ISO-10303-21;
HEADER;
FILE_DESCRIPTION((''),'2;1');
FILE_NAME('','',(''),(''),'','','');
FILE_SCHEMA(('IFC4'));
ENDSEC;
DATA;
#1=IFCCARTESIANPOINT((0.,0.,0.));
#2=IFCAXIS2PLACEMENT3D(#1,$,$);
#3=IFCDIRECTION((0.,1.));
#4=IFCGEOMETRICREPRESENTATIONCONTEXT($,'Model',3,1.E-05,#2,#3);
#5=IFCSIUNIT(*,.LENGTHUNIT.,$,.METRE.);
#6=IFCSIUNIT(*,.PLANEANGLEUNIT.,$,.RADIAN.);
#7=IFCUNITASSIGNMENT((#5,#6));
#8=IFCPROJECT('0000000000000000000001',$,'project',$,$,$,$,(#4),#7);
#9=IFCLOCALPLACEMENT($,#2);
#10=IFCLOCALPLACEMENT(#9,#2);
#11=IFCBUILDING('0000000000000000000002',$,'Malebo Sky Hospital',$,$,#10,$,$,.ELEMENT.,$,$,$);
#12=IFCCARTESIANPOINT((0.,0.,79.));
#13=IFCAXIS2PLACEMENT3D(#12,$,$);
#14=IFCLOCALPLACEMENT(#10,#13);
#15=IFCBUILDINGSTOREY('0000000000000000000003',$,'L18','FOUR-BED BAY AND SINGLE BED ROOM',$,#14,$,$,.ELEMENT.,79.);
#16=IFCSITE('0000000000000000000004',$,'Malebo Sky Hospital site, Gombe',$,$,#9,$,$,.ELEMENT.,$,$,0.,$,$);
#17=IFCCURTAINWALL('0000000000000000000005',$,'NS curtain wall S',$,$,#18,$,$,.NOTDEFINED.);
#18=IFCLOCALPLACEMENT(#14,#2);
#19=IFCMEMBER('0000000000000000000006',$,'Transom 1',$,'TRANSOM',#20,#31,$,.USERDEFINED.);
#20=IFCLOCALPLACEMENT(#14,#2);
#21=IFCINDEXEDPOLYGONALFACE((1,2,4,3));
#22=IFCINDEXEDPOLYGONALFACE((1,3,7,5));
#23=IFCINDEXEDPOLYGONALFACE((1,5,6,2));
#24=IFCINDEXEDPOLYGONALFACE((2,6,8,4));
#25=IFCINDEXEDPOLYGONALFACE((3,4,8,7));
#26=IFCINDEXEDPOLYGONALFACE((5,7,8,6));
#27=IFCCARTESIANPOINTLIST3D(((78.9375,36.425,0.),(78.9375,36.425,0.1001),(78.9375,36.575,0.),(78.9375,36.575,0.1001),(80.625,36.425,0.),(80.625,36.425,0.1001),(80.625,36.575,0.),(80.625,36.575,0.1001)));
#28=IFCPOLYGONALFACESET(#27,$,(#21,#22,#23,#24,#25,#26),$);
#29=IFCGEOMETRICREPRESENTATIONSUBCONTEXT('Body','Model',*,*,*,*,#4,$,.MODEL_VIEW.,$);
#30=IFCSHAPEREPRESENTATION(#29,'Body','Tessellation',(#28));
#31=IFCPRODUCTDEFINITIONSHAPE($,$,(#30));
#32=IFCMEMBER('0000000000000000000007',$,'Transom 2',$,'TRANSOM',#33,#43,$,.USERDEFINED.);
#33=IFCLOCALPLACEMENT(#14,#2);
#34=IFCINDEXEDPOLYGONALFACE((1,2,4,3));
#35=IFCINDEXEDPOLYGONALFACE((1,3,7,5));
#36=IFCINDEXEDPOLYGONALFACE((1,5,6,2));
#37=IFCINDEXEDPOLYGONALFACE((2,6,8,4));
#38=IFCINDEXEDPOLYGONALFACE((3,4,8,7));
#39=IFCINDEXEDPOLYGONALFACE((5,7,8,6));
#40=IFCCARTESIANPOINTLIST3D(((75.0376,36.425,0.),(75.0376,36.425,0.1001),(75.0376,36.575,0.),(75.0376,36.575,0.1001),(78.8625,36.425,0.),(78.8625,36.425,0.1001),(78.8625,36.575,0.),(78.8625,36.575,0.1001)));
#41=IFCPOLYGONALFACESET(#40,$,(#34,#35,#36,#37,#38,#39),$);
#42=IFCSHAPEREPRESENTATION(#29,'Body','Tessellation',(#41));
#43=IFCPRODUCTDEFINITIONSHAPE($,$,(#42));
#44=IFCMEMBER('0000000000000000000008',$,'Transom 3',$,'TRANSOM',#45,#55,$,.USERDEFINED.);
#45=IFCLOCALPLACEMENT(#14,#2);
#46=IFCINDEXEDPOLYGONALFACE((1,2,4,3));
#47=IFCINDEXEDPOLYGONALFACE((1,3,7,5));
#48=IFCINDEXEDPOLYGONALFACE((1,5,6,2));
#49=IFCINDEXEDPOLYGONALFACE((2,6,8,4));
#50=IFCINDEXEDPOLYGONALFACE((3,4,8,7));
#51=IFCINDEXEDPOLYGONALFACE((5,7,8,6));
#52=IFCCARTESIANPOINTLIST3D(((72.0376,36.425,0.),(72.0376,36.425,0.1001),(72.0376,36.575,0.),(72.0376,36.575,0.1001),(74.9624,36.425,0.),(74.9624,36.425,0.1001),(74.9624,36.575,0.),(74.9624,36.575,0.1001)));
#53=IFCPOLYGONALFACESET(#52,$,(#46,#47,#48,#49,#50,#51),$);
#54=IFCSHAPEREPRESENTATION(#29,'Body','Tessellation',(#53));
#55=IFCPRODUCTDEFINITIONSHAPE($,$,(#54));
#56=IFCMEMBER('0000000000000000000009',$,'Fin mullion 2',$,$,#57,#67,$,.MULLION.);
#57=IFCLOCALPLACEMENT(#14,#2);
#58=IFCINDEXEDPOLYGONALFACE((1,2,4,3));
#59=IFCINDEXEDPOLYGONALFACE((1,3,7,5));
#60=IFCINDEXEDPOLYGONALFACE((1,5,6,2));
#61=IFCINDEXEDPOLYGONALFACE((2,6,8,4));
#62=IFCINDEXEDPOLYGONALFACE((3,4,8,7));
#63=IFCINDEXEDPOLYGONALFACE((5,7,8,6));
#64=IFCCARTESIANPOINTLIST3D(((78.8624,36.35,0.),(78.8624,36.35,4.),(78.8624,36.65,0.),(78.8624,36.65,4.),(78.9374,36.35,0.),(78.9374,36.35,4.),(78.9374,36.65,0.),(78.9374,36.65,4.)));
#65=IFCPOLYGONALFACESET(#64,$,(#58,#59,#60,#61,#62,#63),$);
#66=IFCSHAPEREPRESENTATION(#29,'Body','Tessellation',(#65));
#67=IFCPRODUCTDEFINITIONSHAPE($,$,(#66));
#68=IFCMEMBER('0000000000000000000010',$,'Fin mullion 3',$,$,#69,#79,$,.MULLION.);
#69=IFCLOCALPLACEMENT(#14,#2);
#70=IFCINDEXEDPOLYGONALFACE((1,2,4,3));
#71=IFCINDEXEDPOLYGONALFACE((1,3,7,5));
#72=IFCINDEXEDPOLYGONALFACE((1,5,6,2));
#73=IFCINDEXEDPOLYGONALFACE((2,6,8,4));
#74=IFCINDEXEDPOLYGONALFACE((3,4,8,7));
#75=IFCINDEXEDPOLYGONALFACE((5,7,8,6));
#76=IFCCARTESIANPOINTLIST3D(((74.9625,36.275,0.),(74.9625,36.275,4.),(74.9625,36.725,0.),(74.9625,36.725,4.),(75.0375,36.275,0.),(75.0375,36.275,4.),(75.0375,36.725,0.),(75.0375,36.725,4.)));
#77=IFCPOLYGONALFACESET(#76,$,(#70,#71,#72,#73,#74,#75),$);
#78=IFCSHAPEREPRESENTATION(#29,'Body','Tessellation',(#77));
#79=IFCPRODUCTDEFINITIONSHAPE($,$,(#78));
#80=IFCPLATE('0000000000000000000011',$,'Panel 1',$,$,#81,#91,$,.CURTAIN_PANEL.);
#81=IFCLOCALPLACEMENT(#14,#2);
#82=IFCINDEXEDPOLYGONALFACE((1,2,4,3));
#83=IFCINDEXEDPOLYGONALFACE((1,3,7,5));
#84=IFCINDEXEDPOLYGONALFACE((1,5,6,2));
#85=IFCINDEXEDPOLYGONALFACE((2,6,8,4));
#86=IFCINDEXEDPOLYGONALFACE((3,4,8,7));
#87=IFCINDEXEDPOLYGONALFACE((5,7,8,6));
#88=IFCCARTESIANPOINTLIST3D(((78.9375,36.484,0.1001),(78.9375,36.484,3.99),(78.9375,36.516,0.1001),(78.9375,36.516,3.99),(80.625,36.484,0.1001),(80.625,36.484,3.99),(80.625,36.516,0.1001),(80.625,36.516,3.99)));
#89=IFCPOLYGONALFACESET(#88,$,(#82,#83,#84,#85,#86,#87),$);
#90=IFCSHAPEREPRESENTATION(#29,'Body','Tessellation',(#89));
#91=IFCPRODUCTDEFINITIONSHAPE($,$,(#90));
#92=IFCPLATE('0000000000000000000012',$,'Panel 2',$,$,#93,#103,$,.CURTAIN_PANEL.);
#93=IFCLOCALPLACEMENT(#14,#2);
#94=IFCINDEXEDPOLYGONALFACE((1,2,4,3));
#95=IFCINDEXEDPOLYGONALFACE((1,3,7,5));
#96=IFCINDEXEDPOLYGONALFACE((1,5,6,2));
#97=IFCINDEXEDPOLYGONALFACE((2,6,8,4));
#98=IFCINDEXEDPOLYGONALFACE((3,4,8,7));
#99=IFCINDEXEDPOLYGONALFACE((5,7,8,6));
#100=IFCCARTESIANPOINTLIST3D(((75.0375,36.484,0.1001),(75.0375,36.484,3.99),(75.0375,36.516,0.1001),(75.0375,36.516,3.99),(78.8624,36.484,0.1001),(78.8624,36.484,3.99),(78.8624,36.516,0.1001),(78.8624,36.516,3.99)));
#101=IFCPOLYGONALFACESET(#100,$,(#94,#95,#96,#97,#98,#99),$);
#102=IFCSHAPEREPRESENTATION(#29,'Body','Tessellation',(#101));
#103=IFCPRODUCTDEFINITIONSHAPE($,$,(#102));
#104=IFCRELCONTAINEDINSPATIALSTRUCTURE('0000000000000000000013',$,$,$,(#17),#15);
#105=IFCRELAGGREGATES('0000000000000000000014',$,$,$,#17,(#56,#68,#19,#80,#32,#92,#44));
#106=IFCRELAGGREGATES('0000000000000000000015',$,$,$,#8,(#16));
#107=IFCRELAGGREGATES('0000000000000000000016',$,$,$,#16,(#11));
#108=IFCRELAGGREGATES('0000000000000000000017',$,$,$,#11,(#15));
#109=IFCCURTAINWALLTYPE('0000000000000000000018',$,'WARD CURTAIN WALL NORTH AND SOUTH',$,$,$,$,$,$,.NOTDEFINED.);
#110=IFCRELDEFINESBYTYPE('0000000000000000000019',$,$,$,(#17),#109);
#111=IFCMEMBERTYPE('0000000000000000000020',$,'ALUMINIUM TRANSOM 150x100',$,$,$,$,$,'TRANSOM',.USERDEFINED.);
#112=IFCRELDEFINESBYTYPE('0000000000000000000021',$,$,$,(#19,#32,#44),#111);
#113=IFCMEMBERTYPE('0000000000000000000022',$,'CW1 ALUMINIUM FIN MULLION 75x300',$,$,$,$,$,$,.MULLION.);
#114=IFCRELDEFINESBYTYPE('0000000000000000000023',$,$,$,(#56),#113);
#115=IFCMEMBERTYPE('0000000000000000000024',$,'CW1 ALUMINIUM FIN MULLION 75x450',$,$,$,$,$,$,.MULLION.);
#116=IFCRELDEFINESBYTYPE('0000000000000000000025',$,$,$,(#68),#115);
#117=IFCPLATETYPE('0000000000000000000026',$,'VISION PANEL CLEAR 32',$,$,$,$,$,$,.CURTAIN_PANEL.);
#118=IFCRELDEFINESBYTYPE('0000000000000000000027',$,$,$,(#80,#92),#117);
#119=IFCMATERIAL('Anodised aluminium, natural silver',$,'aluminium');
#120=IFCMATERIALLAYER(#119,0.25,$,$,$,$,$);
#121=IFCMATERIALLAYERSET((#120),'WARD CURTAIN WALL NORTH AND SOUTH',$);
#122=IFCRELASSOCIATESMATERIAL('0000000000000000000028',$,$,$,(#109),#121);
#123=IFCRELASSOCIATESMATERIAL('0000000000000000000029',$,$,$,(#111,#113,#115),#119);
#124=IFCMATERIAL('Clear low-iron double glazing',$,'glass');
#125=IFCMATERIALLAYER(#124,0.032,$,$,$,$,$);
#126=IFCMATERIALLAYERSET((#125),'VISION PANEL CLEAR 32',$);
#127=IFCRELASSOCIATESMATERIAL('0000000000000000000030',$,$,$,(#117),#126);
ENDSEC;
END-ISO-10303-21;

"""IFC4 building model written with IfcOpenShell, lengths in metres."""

from ifc_helpers import new_model, si_unit, direction, frame, origin, origin_2d, place, context, subcontext, project, spatial, rectangle, extrude, material, layer, layer_set, material_profile, profile_set, type_object, element, aggregate, save


model = new_model("IFC4")

# Units and contexts
model_context = context("Model", 3, precision=1e-05, world=origin(), true_north=direction((0.0, 1.0)))
body_context = subcontext(model_context, "Body", "Model", "MODEL_VIEW")
ifc_project = project(units=[si_unit("LENGTHUNIT", "METRE"), si_unit("PLANEANGLEUNIT", "RADIAN")], contexts=[model_context])

# Site, building, storey
site_placement = place(None, origin())
site = spatial("IfcSite", under=ifc_project, at=site_placement, Name="Malebo Sky Hospital site, Gombe", CompositionType="ELEMENT", RefElevation=0.0)
building_placement = place(site_placement, origin())
building = spatial("IfcBuilding", under=site, at=building_placement, Name="Malebo Sky Hospital", CompositionType="ELEMENT")
storey_placement = place(building_placement, frame((0.0, 0.0, 79.0)))
storey = spatial("IfcBuildingStorey", under=building, at=storey_placement, Name="L18", Description="FOUR-BED BAY AND SINGLE BED ROOM", CompositionType="ELEMENT", Elevation=79.0)

# Curtain wall, members, plates
ifc_material_1 = material(Name="Anodised aluminium, natural silver", Category="aluminium")
ifc_layer_1 = layer(ifc_material_1, 0.25)
ifc_layer_set_1 = layer_set([ifc_layer_1], Name="WARD CURTAIN WALL NORTH AND SOUTH")
curtain_wall_type = type_object("IfcCurtainWallType", Name="WARD CURTAIN WALL NORTH AND SOUTH", PredefinedType="NOTDEFINED", material=ifc_layer_set_1)
curtain_wall_placement = place(storey_placement, origin())
curtain_wall = element("IfcCurtainWall", 1, at=curtain_wall_placement, inside=storey, type_object=curtain_wall_type, Name="NS curtain wall S", PredefinedType="NOTDEFINED")
ifc_material_profile_1 = material_profile(ifc_material_1, rectangle(XDim=0.1499, YDim=0.1001, at=origin_2d()), Name="ALUMINIUM TRANSOM 150x100")
ifc_profile_set_1 = profile_set([ifc_material_profile_1], Name="Anodised aluminium, natural silver")
member_type_1 = type_object("IfcMemberType", Name="ALUMINIUM TRANSOM 150x100", ElementType="TRANSOM", PredefinedType="USERDEFINED", material=ifc_profile_set_1)
member_1_placement = place(storey_placement, frame((80.625, 36.5, 0.05), z_axis=(-1.0, 0.0, 0.0), x_axis=(0.0, -1.0, 0.0)))
member_1 = element("IfcMember", 2, at=member_1_placement, type_object=member_type_1, Name="Transom 1", ObjectType="TRANSOM", PredefinedType="USERDEFINED", context=body_context, shape_type="SweptSolid", body=[
    extrude(rectangle(XDim=0.1499, YDim=0.1001, at=origin_2d()), origin(), (0.0, 0.0, 1.0), 1.6875),
])
member_2_placement = place(storey_placement, frame((78.8625, 36.5, 0.05), z_axis=(-1.0, 0.0, 0.0), x_axis=(0.0, -1.0, 0.0)))
member_2 = element("IfcMember", 3, at=member_2_placement, type_object=member_type_1, Name="Transom 2", ObjectType="TRANSOM", PredefinedType="USERDEFINED", context=body_context, shape_type="SweptSolid", body=[
    extrude(rectangle(XDim=0.1499, YDim=0.1001, at=origin_2d()), origin(), (0.0, 0.0, 1.0), 3.825),
])
member_3_placement = place(storey_placement, frame((74.9624, 36.5, 0.05), z_axis=(-1.0, 0.0, 0.0), x_axis=(0.0, -1.0, 0.0)))
member_3 = element("IfcMember", 4, at=member_3_placement, type_object=member_type_1, Name="Transom 3", ObjectType="TRANSOM", PredefinedType="USERDEFINED", context=body_context, shape_type="SweptSolid", body=[
    extrude(rectangle(XDim=0.1499, YDim=0.1001, at=origin_2d()), origin(), (0.0, 0.0, 1.0), 2.9248),
])
ifc_material_profile_2 = material_profile(ifc_material_1, rectangle(XDim=0.075, YDim=0.3, at=origin_2d()), Name="CW1 ALUMINIUM FIN MULLION 75x300")
ifc_profile_set_2 = profile_set([ifc_material_profile_2], Name="Anodised aluminium, natural silver")
member_type_2 = type_object("IfcMemberType", Name="CW1 ALUMINIUM FIN MULLION 75x300", PredefinedType="MULLION", material=ifc_profile_set_2)
member_4_placement = place(storey_placement, frame((78.8999, 36.5, 0.0), z_axis=(0.0, 0.0, 1.0), x_axis=(-1.0, 0.0, 0.0)))
member_4 = element("IfcMember", 5, at=member_4_placement, type_object=member_type_2, Name="Fin mullion 2", PredefinedType="MULLION", context=body_context, shape_type="SweptSolid", body=[
    extrude(rectangle(XDim=0.075, YDim=0.3, at=origin_2d()), origin(), (0.0, 0.0, 1.0), 4.0),
])
ifc_material_profile_3 = material_profile(ifc_material_1, rectangle(XDim=0.075, YDim=0.45, at=origin_2d()), Name="CW1 ALUMINIUM FIN MULLION 75x450")
ifc_profile_set_3 = profile_set([ifc_material_profile_3], Name="Anodised aluminium, natural silver")
member_type_3 = type_object("IfcMemberType", Name="CW1 ALUMINIUM FIN MULLION 75x450", PredefinedType="MULLION", material=ifc_profile_set_3)
member_5_placement = place(storey_placement, frame((75.0, 36.5, 0.0), z_axis=(0.0, 0.0, 1.0), x_axis=(-1.0, 0.0, 0.0)))
member_5 = element("IfcMember", 6, at=member_5_placement, type_object=member_type_3, Name="Fin mullion 3", PredefinedType="MULLION", context=body_context, shape_type="SweptSolid", body=[
    extrude(rectangle(XDim=0.075, YDim=0.45, at=origin_2d()), origin(), (0.0, 0.0, 1.0), 4.0),
])
ifc_material_2 = material(Name="Clear low-iron double glazing", Category="glass")
ifc_layer_2 = layer(ifc_material_2, 0.032)
ifc_layer_set_2 = layer_set([ifc_layer_2], Name="VISION PANEL CLEAR 32")
plate_type = type_object("IfcPlateType", Name="VISION PANEL CLEAR 32", PredefinedType="CURTAIN_PANEL", material=ifc_layer_set_2)
plate_1_placement = place(storey_placement, frame((79.7812, 36.5, 0.1001), z_axis=(0.0, 0.0, 1.0), x_axis=(-1.0, 0.0, 0.0)))
plate_1 = element("IfcPlate", 7, at=plate_1_placement, type_object=plate_type, Name="Panel 1", PredefinedType="CURTAIN_PANEL", context=body_context, shape_type="SweptSolid", body=[
    extrude(rectangle(XDim=1.6875, YDim=0.032, at=origin_2d()), origin(), (0.0, 0.0, 1.0), 3.8899),
])
plate_2_placement = place(storey_placement, frame((76.95, 36.5, 0.1001), z_axis=(0.0, 0.0, 1.0), x_axis=(-1.0, 0.0, 0.0)))
plate_2 = element("IfcPlate", 8, at=plate_2_placement, type_object=plate_type, Name="Panel 2", PredefinedType="CURTAIN_PANEL", context=body_context, shape_type="SweptSolid", body=[
    extrude(rectangle(XDim=3.825, YDim=0.032, at=origin_2d()), origin(), (0.0, 0.0, 1.0), 3.8899),
])
aggregate(curtain_wall, [member_4, member_5, member_1, plate_1, member_2, plate_2, member_3])

save(model, "model.ifc")
